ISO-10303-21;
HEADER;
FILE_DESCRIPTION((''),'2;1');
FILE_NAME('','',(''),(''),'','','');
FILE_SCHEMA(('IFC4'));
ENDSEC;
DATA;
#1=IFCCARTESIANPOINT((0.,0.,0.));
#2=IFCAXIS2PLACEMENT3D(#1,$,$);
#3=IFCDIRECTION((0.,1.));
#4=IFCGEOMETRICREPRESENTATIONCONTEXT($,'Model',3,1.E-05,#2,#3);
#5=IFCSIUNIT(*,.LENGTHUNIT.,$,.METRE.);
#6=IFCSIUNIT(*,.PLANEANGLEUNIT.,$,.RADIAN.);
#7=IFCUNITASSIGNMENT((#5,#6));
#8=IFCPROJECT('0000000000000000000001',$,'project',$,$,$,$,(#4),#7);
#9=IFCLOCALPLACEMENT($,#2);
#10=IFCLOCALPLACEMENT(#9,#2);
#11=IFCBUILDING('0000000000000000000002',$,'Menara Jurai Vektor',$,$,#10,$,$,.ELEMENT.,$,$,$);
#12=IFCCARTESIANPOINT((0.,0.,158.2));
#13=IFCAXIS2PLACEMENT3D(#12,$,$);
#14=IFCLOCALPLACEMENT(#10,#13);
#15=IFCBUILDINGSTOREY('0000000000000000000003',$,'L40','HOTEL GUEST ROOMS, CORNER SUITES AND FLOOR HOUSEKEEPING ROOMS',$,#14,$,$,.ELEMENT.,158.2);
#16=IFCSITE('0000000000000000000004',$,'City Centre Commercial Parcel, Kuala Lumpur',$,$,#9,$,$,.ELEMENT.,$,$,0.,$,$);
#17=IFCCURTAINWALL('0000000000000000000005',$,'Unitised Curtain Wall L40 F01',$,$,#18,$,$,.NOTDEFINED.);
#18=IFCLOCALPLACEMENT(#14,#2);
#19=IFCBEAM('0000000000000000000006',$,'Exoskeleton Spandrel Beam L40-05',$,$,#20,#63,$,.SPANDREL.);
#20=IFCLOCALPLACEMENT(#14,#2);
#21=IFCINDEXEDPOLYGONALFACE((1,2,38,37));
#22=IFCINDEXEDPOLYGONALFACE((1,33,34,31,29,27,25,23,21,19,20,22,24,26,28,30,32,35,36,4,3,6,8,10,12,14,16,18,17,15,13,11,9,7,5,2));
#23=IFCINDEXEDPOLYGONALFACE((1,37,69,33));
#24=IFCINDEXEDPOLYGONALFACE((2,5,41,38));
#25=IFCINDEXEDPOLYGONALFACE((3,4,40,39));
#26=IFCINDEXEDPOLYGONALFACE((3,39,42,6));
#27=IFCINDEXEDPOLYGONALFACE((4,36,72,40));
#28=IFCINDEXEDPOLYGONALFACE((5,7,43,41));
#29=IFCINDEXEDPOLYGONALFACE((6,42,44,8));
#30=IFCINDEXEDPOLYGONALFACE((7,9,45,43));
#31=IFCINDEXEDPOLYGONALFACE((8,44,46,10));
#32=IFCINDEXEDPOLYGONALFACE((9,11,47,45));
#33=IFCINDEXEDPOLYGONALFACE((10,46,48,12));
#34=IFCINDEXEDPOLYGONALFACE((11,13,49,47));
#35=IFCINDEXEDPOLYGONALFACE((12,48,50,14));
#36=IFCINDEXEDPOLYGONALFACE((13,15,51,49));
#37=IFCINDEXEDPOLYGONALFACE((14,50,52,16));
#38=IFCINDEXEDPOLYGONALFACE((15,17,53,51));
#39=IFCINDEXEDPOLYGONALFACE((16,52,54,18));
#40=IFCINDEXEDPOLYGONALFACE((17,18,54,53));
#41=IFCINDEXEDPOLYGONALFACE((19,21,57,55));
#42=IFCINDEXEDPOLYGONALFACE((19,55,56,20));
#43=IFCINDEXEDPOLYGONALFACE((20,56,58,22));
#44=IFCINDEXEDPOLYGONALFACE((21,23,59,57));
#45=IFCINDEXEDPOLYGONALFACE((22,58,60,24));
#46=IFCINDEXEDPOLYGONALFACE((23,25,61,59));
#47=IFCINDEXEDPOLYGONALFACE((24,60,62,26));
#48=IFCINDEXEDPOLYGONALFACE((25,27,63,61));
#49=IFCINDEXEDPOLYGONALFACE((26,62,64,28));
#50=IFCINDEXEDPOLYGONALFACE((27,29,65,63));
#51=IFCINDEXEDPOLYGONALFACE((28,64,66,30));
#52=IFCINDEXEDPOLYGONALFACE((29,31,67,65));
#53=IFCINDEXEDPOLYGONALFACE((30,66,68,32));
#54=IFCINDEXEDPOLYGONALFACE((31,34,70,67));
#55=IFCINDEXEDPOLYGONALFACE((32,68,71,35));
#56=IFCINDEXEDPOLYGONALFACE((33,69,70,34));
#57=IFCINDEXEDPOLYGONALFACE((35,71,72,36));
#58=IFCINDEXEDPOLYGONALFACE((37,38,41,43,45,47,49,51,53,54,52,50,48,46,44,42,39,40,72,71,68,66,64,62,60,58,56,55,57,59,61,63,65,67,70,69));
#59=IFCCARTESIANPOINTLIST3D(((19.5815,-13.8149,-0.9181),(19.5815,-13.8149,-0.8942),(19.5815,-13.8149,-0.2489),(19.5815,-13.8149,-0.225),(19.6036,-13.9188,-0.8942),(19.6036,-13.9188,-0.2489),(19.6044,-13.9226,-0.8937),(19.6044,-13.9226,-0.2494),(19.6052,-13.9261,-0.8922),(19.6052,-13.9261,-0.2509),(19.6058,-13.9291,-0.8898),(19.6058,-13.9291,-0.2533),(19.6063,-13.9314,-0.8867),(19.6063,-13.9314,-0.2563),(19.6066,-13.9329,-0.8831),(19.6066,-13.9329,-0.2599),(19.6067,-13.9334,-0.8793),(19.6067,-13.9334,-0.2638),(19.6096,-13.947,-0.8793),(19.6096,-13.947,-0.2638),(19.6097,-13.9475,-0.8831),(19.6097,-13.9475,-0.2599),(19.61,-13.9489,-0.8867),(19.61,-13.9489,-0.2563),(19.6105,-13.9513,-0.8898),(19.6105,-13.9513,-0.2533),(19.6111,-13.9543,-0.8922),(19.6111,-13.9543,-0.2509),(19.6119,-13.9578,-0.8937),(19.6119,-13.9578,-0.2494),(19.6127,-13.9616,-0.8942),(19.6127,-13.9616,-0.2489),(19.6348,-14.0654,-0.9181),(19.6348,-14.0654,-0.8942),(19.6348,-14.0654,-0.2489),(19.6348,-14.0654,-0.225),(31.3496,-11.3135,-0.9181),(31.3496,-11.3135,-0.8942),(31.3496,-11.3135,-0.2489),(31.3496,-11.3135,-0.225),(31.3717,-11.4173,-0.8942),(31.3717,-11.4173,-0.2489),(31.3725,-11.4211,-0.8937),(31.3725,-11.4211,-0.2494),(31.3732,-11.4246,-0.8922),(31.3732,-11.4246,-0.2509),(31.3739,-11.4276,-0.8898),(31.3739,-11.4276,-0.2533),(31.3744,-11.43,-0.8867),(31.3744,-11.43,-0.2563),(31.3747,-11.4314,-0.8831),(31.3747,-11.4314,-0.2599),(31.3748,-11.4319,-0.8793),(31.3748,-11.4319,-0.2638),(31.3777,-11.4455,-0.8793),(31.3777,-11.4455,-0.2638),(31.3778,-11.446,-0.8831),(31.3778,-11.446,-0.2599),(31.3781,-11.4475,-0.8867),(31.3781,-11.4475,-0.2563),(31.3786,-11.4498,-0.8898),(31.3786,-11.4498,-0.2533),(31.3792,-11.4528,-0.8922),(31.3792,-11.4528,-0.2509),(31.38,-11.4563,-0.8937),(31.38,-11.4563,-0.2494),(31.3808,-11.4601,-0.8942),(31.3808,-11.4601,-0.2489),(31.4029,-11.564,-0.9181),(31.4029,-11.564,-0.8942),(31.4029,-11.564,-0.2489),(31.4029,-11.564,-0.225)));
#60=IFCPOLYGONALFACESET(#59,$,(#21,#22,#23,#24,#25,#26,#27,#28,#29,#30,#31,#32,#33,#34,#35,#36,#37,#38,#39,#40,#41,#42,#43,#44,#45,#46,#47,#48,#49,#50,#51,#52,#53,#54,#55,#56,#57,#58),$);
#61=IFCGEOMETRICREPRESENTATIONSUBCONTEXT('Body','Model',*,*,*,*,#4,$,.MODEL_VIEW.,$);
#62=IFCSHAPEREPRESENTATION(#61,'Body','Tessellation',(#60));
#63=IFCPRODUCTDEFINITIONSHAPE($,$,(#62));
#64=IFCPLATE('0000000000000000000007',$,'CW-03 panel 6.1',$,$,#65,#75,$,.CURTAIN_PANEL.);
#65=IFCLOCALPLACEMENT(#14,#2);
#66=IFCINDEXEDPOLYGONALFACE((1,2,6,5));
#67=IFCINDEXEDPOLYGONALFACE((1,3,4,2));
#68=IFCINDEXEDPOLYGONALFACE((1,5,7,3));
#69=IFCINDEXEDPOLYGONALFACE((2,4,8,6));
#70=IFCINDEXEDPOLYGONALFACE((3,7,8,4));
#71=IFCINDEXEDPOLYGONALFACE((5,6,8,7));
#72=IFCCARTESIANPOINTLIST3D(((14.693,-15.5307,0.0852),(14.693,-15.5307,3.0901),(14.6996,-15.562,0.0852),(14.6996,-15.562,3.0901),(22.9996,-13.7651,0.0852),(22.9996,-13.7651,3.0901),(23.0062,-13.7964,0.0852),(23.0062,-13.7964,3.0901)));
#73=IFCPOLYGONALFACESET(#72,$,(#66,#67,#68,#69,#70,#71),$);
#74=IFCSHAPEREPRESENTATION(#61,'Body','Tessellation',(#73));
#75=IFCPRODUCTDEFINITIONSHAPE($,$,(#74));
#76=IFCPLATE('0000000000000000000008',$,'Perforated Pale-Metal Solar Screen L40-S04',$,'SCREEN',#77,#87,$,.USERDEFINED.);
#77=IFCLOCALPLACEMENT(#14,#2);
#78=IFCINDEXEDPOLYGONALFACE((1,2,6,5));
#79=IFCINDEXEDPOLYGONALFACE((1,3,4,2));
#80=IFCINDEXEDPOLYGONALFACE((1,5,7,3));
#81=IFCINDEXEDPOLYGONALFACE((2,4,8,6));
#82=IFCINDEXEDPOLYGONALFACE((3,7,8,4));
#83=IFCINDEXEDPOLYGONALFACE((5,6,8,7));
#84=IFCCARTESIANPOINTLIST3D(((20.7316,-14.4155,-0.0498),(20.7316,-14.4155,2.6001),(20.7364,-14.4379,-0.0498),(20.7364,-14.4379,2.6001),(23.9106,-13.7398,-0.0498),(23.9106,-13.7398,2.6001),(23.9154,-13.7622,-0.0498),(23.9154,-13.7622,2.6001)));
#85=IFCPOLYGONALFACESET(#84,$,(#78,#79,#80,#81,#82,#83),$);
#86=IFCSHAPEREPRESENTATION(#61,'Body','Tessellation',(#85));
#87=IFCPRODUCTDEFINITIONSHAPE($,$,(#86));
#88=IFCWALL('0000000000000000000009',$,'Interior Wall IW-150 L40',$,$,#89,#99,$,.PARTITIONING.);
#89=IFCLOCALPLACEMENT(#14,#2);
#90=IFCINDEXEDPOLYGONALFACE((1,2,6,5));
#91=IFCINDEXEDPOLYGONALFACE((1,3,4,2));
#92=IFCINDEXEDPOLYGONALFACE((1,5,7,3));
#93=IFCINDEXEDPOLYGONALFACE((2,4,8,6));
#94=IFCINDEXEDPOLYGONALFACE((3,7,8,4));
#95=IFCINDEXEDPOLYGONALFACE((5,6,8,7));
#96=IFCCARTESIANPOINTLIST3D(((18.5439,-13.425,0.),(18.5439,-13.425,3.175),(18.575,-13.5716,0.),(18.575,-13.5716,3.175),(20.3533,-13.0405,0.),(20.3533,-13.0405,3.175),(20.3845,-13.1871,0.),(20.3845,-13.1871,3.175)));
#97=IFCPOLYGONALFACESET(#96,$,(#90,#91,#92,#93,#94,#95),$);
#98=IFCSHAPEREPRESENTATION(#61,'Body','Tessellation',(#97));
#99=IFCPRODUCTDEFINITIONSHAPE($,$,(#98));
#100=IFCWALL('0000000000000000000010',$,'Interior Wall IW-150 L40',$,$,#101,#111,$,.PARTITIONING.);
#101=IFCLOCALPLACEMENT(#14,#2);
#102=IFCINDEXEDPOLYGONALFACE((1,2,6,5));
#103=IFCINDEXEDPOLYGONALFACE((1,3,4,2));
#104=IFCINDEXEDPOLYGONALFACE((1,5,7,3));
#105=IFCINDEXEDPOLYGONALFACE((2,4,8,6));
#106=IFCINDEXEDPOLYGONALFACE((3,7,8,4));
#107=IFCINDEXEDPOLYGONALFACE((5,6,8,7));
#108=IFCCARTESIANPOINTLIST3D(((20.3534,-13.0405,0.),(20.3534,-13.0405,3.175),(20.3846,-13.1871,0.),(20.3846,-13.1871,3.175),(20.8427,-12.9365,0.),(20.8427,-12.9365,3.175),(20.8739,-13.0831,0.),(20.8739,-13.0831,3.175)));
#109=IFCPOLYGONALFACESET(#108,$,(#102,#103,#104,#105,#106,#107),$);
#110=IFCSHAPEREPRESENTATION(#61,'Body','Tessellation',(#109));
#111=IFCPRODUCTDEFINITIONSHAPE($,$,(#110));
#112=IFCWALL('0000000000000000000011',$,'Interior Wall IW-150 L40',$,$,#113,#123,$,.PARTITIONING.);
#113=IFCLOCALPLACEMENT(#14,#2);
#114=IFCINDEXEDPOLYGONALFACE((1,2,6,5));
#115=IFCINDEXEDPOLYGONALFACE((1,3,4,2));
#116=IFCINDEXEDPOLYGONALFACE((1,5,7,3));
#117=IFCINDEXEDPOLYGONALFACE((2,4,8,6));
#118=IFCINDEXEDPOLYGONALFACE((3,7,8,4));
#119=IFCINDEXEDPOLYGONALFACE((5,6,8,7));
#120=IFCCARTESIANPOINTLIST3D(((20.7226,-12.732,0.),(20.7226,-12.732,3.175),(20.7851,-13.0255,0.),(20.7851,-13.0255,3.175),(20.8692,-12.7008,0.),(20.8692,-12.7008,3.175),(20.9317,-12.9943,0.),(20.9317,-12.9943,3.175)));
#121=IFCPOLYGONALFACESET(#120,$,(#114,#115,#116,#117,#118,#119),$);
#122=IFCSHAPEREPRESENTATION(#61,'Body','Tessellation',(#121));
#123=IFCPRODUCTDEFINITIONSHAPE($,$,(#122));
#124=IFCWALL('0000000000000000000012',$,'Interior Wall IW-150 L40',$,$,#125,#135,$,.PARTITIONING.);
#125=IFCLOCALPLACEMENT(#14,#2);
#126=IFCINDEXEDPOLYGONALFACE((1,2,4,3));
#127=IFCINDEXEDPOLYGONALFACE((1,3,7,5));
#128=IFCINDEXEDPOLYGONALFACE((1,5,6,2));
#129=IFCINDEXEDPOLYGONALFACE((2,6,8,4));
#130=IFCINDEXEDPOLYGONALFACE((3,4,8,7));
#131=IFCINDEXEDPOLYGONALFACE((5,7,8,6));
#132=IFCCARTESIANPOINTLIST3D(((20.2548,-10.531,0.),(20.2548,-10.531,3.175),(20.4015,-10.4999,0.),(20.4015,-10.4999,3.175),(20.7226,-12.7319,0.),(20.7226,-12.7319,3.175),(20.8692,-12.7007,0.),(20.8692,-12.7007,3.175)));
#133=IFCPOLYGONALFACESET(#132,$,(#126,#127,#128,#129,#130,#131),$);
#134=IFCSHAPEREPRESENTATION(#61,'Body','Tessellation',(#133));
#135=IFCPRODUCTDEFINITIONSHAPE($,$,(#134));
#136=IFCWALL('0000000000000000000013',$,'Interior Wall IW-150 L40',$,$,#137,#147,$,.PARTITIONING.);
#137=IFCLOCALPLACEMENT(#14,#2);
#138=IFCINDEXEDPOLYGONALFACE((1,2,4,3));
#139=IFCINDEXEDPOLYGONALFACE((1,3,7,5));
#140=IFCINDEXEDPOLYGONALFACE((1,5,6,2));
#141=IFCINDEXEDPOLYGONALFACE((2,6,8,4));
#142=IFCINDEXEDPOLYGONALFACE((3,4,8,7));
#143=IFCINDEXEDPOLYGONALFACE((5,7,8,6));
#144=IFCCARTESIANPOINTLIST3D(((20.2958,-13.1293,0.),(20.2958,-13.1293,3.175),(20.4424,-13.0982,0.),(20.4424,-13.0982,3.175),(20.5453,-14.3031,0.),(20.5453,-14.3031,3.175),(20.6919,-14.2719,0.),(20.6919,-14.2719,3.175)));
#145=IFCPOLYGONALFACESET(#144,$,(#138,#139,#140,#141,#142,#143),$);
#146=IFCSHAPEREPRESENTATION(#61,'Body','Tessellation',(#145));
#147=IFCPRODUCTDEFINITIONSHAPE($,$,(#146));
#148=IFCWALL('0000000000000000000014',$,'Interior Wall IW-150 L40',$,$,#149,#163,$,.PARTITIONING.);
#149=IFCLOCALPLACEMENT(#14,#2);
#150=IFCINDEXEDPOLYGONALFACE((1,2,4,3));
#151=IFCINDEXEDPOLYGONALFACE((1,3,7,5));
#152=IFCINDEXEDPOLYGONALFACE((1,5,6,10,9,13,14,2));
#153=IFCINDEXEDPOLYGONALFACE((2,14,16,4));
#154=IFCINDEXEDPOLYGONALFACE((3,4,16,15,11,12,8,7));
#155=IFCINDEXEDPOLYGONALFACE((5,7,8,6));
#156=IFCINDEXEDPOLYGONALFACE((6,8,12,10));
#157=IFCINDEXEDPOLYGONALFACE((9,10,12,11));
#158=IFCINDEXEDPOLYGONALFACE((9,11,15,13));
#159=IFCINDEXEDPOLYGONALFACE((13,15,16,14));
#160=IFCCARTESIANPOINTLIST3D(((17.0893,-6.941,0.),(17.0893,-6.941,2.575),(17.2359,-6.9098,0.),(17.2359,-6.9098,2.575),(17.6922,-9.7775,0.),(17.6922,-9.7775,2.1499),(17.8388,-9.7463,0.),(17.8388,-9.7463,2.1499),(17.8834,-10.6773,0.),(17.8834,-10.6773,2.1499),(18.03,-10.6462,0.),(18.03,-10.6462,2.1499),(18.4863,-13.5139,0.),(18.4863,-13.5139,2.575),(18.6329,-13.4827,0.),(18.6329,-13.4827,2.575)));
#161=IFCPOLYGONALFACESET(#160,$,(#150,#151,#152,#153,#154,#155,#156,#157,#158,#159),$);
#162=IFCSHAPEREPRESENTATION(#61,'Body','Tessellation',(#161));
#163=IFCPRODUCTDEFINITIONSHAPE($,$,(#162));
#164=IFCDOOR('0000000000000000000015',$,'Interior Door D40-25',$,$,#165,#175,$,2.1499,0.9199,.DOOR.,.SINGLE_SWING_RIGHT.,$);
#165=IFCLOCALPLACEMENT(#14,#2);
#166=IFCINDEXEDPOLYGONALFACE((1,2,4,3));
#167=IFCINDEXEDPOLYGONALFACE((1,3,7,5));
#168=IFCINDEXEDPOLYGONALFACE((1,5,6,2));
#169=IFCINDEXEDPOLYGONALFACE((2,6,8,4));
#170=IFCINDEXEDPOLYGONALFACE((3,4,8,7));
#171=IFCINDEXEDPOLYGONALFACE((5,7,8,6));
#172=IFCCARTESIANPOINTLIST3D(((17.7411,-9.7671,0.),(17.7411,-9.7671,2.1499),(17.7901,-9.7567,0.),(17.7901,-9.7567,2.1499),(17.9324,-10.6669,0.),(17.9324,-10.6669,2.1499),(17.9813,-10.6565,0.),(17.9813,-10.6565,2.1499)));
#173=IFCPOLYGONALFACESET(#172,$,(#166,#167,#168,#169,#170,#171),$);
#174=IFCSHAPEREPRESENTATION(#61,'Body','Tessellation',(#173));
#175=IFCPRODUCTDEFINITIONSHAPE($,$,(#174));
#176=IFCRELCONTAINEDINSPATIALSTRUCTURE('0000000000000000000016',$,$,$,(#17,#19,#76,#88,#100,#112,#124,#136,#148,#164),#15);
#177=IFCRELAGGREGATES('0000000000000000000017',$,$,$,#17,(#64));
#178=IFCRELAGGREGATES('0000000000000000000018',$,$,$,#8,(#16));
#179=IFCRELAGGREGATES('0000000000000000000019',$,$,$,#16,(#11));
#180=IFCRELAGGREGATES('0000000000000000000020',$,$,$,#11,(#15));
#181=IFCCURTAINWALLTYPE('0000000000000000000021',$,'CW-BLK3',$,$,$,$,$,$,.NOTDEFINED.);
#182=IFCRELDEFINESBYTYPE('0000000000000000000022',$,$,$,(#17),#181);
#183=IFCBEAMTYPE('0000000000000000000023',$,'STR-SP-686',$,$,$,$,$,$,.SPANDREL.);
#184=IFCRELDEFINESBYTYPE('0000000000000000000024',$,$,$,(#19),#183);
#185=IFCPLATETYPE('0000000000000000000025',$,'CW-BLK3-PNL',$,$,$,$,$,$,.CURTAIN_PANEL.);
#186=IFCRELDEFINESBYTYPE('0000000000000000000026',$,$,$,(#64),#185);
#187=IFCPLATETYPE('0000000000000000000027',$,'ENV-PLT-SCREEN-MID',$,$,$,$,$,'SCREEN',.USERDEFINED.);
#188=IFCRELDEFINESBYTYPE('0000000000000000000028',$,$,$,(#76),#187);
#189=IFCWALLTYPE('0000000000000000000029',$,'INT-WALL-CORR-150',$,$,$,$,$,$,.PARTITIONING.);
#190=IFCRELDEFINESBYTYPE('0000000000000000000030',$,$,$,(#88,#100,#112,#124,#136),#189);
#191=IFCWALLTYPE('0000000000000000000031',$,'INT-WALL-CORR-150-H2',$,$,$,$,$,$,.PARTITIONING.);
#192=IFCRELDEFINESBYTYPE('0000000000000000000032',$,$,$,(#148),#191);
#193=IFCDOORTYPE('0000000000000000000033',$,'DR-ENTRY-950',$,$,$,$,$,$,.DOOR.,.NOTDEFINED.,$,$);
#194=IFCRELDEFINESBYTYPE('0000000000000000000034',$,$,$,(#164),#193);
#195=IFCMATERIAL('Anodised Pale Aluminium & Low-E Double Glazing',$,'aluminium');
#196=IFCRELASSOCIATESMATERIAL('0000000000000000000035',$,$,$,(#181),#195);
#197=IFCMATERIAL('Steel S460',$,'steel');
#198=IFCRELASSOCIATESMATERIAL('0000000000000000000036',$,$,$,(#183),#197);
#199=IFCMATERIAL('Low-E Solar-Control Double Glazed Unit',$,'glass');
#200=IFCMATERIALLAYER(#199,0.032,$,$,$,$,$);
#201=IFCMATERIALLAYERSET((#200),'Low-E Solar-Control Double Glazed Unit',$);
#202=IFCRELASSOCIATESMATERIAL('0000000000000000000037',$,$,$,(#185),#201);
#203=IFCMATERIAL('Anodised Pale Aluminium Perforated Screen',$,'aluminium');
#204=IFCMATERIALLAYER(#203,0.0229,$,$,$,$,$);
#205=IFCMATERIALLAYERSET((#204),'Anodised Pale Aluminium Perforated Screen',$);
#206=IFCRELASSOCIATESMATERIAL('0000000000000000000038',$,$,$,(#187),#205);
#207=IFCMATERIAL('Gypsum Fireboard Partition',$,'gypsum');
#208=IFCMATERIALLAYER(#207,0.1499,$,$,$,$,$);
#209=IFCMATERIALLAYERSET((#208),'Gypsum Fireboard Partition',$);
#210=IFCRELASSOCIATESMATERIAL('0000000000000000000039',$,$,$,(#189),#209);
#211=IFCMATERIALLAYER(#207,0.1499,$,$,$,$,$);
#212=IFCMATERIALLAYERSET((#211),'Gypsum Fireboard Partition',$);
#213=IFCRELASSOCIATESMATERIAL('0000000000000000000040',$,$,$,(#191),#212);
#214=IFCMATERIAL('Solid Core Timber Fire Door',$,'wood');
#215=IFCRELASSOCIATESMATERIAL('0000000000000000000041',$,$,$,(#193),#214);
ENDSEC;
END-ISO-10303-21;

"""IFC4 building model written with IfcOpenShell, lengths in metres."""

from ifc_helpers import new_model, si_unit, direction, frame, frame_2d, origin, origin_2d, place, context, subcontext, project, spatial, rectangle, i_section, extrude, material, layer, layer_set, material_profile, profile_set, type_object, element, fill, aggregate, save


model = new_model("IFC4")

# Units and contexts
model_context = context("Model", 3, precision=1e-05, world=origin(), true_north=direction((0.0, 1.0)))
body_context = subcontext(model_context, "Body", "Model", "MODEL_VIEW")
ifc_project = project(units=[si_unit("LENGTHUNIT", "METRE"), si_unit("PLANEANGLEUNIT", "RADIAN")], contexts=[model_context])

# Site, building, storey
site_placement = place(None, origin())
site = spatial("IfcSite", under=ifc_project, at=site_placement, Name="City Centre Commercial Parcel, Kuala Lumpur", CompositionType="ELEMENT", RefElevation=0.0)
building_placement = place(site_placement, origin())
building = spatial("IfcBuilding", under=site, at=building_placement, Name="Menara Jurai Vektor", CompositionType="ELEMENT")
storey_placement = place(building_placement, frame((0.0, 0.0, 158.2)))
storey = spatial("IfcBuildingStorey", under=building, at=storey_placement, Name="L40", Description="HOTEL GUEST ROOMS, CORNER SUITES AND FLOOR HOUSEKEEPING ROOMS", CompositionType="ELEMENT", Elevation=158.2)

# Shared definitions
ifc_material_1 = material(Name="Steel S460", Category="steel")

# Curtain wall
ifc_material_2 = material(Name="Anodised Pale Aluminium & Low-E Double Glazing", Category="aluminium")
curtain_wall_type = type_object("IfcCurtainWallType", Name="CW-BLK3", PredefinedType="NOTDEFINED", material=ifc_material_2)
curtain_wall_placement = place(storey_placement, origin())
curtain_wall = element("IfcCurtainWall", 1, at=curtain_wall_placement, inside=storey, type_object=curtain_wall_type, Name="Unitised Curtain Wall L40 F01", PredefinedType="NOTDEFINED")

# Beam
ifc_material_profile_1 = material_profile(ifc_material_1, i_section(OverallWidth=0.2561, OverallDepth=0.6931, WebThickness=0.0139, FlangeThickness=0.0239, FilletRadius=0.0149, at=origin_2d()), Name="UKB 686x254x170")
ifc_profile_set_1 = profile_set([ifc_material_profile_1], Name="Steel S460")
beam_type_1 = type_object("IfcBeamType", Name="STR-SP-686", PredefinedType="SPANDREL", material=ifc_profile_set_1)
beam_1_placement = place(storey_placement, frame((19.6082, -13.9402, -0.5715), z_axis=(0.978146, 0.207918, 0.0), x_axis=(-0.207918, 0.978146, 0.0)))
element("IfcBeam", 2, at=beam_1_placement, inside=storey, type_object=beam_type_1, Name="Exoskeleton Spandrel Beam L40-05", PredefinedType="SPANDREL", context=body_context, shape_type="SweptSolid", body=[
    extrude(i_section(OverallWidth=0.2561, OverallDepth=0.6931, WebThickness=0.0139, FlangeThickness=0.0239, FilletRadius=0.0149, at=origin_2d()), origin(), (0.0, 0.0, 1.0), 12.031),
])

# Plates
ifc_material_3 = material(Name="Low-E Solar-Control Double Glazed Unit", Category="glass")
ifc_layer_1 = layer(ifc_material_3, 0.032)
ifc_layer_set_1 = layer_set([ifc_layer_1], Name="Low-E Solar-Control Double Glazed Unit")
plate_type_1 = type_object("IfcPlateType", Name="CW-BLK3-PNL", PredefinedType="CURTAIN_PANEL", material=ifc_layer_set_1)
plate_1_placement = place(storey_placement, frame((18.8496, -14.6636, 0.0852), z_axis=(0.0, 0.0, 1.0), x_axis=(0.978148, 0.207911, 0.0)))
plate_1 = element("IfcPlate", 3, at=plate_1_placement, type_object=plate_type_1, Name="CW-03 panel 6.1", PredefinedType="CURTAIN_PANEL", context=body_context, shape_type="SweptSolid", body=[
    extrude(rectangle(XDim=8.4922, YDim=0.032, at=origin_2d()), origin(), (0.0, 0.0, 1.0), 3.0049),
])
aggregate(curtain_wall, [plate_1])
ifc_material_4 = material(Name="Anodised Pale Aluminium Perforated Screen", Category="aluminium")
ifc_layer_2 = layer(ifc_material_4, 0.0229)
ifc_layer_set_2 = layer_set([ifc_layer_2], Name="Anodised Pale Aluminium Perforated Screen")
plate_type_2 = type_object("IfcPlateType", Name="ENV-PLT-SCREEN-MID", ElementType="SCREEN", PredefinedType="USERDEFINED", material=ifc_layer_set_2)
plate_2_placement = place(storey_placement, frame((22.3235, -14.0889, -0.0498), z_axis=(0.0, 0.0, 1.0), x_axis=(0.978148, 0.207912, 0.0)))
element("IfcPlate", 4, at=plate_2_placement, inside=storey, type_object=plate_type_2, Name="Perforated Pale-Metal Solar Screen L40-S04", ObjectType="SCREEN", PredefinedType="USERDEFINED", context=body_context, shape_type="SweptSolid", body=[
    extrude(rectangle(XDim=3.25, YDim=0.0229, at=origin_2d()), origin(), (0.0, 0.0, 1.0), 2.6499),
])

# Walls
ifc_material_5 = material(Name="Gypsum Fireboard Partition", Category="gypsum")
ifc_layer_3 = layer(ifc_material_5, 0.1499)
ifc_layer_set_3 = layer_set([ifc_layer_3], Name="Gypsum Fireboard Partition")
wall_type_1 = type_object("IfcWallType", Name="INT-WALL-CORR-150", PredefinedType="PARTITIONING", material=ifc_layer_set_3)
wall_1_placement = place(storey_placement, frame((18.5596, -13.4983, 0.0), z_axis=(0.0, 0.0, 1.0), x_axis=(0.97816, 0.207852, 0.0)))
element("IfcWall", 5, at=wall_1_placement, inside=storey, type_object=wall_type_1, Name="Interior Wall IW-150 L40", PredefinedType="PARTITIONING", context=body_context, shape_type="SweptSolid", body=[
    extrude(rectangle(XDim=1.8499, YDim=0.1499, at=frame_2d((0.9248, 0.0))), origin(), (0.0, 0.0, 1.0), 3.175),
])
wall_2_placement = place(storey_placement, frame((20.3691, -13.1138, 0.0), z_axis=(0.0, 0.0, 1.0), x_axis=(0.978144, 0.207929, 0.0)))
element("IfcWall", 6, at=wall_2_placement, inside=storey, type_object=wall_type_1, Name="Interior Wall IW-150 L40", PredefinedType="PARTITIONING", context=body_context, shape_type="SweptSolid", body=[
    extrude(rectangle(XDim=0.5002, YDim=0.1499, at=frame_2d((0.25, 0.0))), origin(), (0.0, 0.0, 1.0), 3.175),
])
wall_3_placement = place(storey_placement, frame((20.8584, -13.0098, 0.0), z_axis=(0.0, 0.0, 1.0), x_axis=(-0.208306, 0.978064, 0.0)))
element("IfcWall", 7, at=wall_3_placement, inside=storey, type_object=wall_type_1, Name="Interior Wall IW-150 L40", PredefinedType="PARTITIONING", context=body_context, shape_type="SweptSolid", body=[
    extrude(rectangle(XDim=0.3, YDim=0.1499, at=frame_2d((0.1499, 0.0))), origin(), (0.0, 0.0, 1.0), 3.175),
])
wall_4_placement = place(storey_placement, frame((20.7959, -12.7163, 0.0), z_axis=(0.0, 0.0, 1.0), x_axis=(-0.207891, 0.978152, 0.0)))
element("IfcWall", 8, at=wall_4_placement, inside=storey, type_object=wall_type_1, Name="Interior Wall IW-150 L40", PredefinedType="PARTITIONING", context=body_context, shape_type="SweptSolid", body=[
    extrude(rectangle(XDim=2.25, YDim=0.1499, at=frame_2d((1.125, 0.0))), origin(), (0.0, 0.0, 1.0), 3.175),
])
wall_5_placement = place(storey_placement, frame((20.6187, -14.2876, 0.0), z_axis=(0.0, 0.0, 1.0), x_axis=(-0.207917, 0.978146, 0.0)))
element("IfcWall", 9, at=wall_5_placement, inside=storey, type_object=wall_type_1, Name="Interior Wall IW-150 L40", PredefinedType="PARTITIONING", context=body_context, shape_type="SweptSolid", body=[
    extrude(rectangle(XDim=1.2, YDim=0.1499, at=frame_2d((0.6001, 0.0))), origin(), (0.0, 0.0, 1.0), 3.175),
])

# Wall, opening, door
ifc_layer_4 = layer(ifc_material_5, 0.1499)
ifc_layer_set_4 = layer_set([ifc_layer_4], Name="Gypsum Fireboard Partition")
wall_type_2 = type_object("IfcWallType", Name="INT-WALL-CORR-150-H2", PredefinedType="PARTITIONING", material=ifc_layer_set_4)
wall_6_placement = place(storey_placement, frame((18.5596, -13.4983, 0.0), z_axis=(0.0, 0.0, 1.0), x_axis=(-0.207889, 0.978152, 0.0)))
wall_6 = element("IfcWall", 10, at=wall_6_placement, inside=storey, type_object=wall_type_2, Name="Interior Wall IW-150 L40", PredefinedType="PARTITIONING", context=body_context, shape_type="SweptSolid", body=[
    extrude(rectangle(XDim=6.7197, YDim=0.1499, at=frame_2d((3.3599, 0.0))), origin(), (0.0, 0.0, 1.0), 2.575),
])
opening_placement = place(wall_6_placement, frame((2.8999, 0.0, 0.0)))
opening = element("IfcOpeningElement", 11, at=opening_placement, cuts=wall_6, PredefinedType="OPENING", context=body_context, shape_type="SweptSolid", body=[
    extrude(rectangle(XDim=0.9199, YDim=2.1499, at=frame_2d((0.46, 1.075))), frame((0.0, 0.085, 0.0), z_axis=(0.0, -1.0, 0.0), x_axis=(1.0, 0.0, 0.0)), (0.0, 0.0, 1.0), 0.1699),
])
ifc_material_6 = material(Name="Solid Core Timber Fire Door", Category="wood")
door_type = type_object("IfcDoorType", Name="DR-ENTRY-950", OperationType="NOTDEFINED", PredefinedType="DOOR", material=ifc_material_6)
door_placement = place(opening_placement, origin())
door = element("IfcDoor", 12, at=door_placement, inside=storey, type_object=door_type, Name="Interior Door D40-25", OperationType="SINGLE_SWING_RIGHT", OverallHeight=2.1499, OverallWidth=0.9199, PredefinedType="DOOR", context=body_context, shape_type="SweptSolid", body=[
    extrude(rectangle(XDim=0.9199, YDim=2.1499, at=frame_2d((0.46, 1.075))), frame((0.0, 0.0249, 0.0), z_axis=(0.0, -1.0, 0.0), x_axis=(1.0, 0.0, 0.0)), (0.0, 0.0, 1.0), 0.05),
])
fill(opening, door)

save(model, "model.ifc")
